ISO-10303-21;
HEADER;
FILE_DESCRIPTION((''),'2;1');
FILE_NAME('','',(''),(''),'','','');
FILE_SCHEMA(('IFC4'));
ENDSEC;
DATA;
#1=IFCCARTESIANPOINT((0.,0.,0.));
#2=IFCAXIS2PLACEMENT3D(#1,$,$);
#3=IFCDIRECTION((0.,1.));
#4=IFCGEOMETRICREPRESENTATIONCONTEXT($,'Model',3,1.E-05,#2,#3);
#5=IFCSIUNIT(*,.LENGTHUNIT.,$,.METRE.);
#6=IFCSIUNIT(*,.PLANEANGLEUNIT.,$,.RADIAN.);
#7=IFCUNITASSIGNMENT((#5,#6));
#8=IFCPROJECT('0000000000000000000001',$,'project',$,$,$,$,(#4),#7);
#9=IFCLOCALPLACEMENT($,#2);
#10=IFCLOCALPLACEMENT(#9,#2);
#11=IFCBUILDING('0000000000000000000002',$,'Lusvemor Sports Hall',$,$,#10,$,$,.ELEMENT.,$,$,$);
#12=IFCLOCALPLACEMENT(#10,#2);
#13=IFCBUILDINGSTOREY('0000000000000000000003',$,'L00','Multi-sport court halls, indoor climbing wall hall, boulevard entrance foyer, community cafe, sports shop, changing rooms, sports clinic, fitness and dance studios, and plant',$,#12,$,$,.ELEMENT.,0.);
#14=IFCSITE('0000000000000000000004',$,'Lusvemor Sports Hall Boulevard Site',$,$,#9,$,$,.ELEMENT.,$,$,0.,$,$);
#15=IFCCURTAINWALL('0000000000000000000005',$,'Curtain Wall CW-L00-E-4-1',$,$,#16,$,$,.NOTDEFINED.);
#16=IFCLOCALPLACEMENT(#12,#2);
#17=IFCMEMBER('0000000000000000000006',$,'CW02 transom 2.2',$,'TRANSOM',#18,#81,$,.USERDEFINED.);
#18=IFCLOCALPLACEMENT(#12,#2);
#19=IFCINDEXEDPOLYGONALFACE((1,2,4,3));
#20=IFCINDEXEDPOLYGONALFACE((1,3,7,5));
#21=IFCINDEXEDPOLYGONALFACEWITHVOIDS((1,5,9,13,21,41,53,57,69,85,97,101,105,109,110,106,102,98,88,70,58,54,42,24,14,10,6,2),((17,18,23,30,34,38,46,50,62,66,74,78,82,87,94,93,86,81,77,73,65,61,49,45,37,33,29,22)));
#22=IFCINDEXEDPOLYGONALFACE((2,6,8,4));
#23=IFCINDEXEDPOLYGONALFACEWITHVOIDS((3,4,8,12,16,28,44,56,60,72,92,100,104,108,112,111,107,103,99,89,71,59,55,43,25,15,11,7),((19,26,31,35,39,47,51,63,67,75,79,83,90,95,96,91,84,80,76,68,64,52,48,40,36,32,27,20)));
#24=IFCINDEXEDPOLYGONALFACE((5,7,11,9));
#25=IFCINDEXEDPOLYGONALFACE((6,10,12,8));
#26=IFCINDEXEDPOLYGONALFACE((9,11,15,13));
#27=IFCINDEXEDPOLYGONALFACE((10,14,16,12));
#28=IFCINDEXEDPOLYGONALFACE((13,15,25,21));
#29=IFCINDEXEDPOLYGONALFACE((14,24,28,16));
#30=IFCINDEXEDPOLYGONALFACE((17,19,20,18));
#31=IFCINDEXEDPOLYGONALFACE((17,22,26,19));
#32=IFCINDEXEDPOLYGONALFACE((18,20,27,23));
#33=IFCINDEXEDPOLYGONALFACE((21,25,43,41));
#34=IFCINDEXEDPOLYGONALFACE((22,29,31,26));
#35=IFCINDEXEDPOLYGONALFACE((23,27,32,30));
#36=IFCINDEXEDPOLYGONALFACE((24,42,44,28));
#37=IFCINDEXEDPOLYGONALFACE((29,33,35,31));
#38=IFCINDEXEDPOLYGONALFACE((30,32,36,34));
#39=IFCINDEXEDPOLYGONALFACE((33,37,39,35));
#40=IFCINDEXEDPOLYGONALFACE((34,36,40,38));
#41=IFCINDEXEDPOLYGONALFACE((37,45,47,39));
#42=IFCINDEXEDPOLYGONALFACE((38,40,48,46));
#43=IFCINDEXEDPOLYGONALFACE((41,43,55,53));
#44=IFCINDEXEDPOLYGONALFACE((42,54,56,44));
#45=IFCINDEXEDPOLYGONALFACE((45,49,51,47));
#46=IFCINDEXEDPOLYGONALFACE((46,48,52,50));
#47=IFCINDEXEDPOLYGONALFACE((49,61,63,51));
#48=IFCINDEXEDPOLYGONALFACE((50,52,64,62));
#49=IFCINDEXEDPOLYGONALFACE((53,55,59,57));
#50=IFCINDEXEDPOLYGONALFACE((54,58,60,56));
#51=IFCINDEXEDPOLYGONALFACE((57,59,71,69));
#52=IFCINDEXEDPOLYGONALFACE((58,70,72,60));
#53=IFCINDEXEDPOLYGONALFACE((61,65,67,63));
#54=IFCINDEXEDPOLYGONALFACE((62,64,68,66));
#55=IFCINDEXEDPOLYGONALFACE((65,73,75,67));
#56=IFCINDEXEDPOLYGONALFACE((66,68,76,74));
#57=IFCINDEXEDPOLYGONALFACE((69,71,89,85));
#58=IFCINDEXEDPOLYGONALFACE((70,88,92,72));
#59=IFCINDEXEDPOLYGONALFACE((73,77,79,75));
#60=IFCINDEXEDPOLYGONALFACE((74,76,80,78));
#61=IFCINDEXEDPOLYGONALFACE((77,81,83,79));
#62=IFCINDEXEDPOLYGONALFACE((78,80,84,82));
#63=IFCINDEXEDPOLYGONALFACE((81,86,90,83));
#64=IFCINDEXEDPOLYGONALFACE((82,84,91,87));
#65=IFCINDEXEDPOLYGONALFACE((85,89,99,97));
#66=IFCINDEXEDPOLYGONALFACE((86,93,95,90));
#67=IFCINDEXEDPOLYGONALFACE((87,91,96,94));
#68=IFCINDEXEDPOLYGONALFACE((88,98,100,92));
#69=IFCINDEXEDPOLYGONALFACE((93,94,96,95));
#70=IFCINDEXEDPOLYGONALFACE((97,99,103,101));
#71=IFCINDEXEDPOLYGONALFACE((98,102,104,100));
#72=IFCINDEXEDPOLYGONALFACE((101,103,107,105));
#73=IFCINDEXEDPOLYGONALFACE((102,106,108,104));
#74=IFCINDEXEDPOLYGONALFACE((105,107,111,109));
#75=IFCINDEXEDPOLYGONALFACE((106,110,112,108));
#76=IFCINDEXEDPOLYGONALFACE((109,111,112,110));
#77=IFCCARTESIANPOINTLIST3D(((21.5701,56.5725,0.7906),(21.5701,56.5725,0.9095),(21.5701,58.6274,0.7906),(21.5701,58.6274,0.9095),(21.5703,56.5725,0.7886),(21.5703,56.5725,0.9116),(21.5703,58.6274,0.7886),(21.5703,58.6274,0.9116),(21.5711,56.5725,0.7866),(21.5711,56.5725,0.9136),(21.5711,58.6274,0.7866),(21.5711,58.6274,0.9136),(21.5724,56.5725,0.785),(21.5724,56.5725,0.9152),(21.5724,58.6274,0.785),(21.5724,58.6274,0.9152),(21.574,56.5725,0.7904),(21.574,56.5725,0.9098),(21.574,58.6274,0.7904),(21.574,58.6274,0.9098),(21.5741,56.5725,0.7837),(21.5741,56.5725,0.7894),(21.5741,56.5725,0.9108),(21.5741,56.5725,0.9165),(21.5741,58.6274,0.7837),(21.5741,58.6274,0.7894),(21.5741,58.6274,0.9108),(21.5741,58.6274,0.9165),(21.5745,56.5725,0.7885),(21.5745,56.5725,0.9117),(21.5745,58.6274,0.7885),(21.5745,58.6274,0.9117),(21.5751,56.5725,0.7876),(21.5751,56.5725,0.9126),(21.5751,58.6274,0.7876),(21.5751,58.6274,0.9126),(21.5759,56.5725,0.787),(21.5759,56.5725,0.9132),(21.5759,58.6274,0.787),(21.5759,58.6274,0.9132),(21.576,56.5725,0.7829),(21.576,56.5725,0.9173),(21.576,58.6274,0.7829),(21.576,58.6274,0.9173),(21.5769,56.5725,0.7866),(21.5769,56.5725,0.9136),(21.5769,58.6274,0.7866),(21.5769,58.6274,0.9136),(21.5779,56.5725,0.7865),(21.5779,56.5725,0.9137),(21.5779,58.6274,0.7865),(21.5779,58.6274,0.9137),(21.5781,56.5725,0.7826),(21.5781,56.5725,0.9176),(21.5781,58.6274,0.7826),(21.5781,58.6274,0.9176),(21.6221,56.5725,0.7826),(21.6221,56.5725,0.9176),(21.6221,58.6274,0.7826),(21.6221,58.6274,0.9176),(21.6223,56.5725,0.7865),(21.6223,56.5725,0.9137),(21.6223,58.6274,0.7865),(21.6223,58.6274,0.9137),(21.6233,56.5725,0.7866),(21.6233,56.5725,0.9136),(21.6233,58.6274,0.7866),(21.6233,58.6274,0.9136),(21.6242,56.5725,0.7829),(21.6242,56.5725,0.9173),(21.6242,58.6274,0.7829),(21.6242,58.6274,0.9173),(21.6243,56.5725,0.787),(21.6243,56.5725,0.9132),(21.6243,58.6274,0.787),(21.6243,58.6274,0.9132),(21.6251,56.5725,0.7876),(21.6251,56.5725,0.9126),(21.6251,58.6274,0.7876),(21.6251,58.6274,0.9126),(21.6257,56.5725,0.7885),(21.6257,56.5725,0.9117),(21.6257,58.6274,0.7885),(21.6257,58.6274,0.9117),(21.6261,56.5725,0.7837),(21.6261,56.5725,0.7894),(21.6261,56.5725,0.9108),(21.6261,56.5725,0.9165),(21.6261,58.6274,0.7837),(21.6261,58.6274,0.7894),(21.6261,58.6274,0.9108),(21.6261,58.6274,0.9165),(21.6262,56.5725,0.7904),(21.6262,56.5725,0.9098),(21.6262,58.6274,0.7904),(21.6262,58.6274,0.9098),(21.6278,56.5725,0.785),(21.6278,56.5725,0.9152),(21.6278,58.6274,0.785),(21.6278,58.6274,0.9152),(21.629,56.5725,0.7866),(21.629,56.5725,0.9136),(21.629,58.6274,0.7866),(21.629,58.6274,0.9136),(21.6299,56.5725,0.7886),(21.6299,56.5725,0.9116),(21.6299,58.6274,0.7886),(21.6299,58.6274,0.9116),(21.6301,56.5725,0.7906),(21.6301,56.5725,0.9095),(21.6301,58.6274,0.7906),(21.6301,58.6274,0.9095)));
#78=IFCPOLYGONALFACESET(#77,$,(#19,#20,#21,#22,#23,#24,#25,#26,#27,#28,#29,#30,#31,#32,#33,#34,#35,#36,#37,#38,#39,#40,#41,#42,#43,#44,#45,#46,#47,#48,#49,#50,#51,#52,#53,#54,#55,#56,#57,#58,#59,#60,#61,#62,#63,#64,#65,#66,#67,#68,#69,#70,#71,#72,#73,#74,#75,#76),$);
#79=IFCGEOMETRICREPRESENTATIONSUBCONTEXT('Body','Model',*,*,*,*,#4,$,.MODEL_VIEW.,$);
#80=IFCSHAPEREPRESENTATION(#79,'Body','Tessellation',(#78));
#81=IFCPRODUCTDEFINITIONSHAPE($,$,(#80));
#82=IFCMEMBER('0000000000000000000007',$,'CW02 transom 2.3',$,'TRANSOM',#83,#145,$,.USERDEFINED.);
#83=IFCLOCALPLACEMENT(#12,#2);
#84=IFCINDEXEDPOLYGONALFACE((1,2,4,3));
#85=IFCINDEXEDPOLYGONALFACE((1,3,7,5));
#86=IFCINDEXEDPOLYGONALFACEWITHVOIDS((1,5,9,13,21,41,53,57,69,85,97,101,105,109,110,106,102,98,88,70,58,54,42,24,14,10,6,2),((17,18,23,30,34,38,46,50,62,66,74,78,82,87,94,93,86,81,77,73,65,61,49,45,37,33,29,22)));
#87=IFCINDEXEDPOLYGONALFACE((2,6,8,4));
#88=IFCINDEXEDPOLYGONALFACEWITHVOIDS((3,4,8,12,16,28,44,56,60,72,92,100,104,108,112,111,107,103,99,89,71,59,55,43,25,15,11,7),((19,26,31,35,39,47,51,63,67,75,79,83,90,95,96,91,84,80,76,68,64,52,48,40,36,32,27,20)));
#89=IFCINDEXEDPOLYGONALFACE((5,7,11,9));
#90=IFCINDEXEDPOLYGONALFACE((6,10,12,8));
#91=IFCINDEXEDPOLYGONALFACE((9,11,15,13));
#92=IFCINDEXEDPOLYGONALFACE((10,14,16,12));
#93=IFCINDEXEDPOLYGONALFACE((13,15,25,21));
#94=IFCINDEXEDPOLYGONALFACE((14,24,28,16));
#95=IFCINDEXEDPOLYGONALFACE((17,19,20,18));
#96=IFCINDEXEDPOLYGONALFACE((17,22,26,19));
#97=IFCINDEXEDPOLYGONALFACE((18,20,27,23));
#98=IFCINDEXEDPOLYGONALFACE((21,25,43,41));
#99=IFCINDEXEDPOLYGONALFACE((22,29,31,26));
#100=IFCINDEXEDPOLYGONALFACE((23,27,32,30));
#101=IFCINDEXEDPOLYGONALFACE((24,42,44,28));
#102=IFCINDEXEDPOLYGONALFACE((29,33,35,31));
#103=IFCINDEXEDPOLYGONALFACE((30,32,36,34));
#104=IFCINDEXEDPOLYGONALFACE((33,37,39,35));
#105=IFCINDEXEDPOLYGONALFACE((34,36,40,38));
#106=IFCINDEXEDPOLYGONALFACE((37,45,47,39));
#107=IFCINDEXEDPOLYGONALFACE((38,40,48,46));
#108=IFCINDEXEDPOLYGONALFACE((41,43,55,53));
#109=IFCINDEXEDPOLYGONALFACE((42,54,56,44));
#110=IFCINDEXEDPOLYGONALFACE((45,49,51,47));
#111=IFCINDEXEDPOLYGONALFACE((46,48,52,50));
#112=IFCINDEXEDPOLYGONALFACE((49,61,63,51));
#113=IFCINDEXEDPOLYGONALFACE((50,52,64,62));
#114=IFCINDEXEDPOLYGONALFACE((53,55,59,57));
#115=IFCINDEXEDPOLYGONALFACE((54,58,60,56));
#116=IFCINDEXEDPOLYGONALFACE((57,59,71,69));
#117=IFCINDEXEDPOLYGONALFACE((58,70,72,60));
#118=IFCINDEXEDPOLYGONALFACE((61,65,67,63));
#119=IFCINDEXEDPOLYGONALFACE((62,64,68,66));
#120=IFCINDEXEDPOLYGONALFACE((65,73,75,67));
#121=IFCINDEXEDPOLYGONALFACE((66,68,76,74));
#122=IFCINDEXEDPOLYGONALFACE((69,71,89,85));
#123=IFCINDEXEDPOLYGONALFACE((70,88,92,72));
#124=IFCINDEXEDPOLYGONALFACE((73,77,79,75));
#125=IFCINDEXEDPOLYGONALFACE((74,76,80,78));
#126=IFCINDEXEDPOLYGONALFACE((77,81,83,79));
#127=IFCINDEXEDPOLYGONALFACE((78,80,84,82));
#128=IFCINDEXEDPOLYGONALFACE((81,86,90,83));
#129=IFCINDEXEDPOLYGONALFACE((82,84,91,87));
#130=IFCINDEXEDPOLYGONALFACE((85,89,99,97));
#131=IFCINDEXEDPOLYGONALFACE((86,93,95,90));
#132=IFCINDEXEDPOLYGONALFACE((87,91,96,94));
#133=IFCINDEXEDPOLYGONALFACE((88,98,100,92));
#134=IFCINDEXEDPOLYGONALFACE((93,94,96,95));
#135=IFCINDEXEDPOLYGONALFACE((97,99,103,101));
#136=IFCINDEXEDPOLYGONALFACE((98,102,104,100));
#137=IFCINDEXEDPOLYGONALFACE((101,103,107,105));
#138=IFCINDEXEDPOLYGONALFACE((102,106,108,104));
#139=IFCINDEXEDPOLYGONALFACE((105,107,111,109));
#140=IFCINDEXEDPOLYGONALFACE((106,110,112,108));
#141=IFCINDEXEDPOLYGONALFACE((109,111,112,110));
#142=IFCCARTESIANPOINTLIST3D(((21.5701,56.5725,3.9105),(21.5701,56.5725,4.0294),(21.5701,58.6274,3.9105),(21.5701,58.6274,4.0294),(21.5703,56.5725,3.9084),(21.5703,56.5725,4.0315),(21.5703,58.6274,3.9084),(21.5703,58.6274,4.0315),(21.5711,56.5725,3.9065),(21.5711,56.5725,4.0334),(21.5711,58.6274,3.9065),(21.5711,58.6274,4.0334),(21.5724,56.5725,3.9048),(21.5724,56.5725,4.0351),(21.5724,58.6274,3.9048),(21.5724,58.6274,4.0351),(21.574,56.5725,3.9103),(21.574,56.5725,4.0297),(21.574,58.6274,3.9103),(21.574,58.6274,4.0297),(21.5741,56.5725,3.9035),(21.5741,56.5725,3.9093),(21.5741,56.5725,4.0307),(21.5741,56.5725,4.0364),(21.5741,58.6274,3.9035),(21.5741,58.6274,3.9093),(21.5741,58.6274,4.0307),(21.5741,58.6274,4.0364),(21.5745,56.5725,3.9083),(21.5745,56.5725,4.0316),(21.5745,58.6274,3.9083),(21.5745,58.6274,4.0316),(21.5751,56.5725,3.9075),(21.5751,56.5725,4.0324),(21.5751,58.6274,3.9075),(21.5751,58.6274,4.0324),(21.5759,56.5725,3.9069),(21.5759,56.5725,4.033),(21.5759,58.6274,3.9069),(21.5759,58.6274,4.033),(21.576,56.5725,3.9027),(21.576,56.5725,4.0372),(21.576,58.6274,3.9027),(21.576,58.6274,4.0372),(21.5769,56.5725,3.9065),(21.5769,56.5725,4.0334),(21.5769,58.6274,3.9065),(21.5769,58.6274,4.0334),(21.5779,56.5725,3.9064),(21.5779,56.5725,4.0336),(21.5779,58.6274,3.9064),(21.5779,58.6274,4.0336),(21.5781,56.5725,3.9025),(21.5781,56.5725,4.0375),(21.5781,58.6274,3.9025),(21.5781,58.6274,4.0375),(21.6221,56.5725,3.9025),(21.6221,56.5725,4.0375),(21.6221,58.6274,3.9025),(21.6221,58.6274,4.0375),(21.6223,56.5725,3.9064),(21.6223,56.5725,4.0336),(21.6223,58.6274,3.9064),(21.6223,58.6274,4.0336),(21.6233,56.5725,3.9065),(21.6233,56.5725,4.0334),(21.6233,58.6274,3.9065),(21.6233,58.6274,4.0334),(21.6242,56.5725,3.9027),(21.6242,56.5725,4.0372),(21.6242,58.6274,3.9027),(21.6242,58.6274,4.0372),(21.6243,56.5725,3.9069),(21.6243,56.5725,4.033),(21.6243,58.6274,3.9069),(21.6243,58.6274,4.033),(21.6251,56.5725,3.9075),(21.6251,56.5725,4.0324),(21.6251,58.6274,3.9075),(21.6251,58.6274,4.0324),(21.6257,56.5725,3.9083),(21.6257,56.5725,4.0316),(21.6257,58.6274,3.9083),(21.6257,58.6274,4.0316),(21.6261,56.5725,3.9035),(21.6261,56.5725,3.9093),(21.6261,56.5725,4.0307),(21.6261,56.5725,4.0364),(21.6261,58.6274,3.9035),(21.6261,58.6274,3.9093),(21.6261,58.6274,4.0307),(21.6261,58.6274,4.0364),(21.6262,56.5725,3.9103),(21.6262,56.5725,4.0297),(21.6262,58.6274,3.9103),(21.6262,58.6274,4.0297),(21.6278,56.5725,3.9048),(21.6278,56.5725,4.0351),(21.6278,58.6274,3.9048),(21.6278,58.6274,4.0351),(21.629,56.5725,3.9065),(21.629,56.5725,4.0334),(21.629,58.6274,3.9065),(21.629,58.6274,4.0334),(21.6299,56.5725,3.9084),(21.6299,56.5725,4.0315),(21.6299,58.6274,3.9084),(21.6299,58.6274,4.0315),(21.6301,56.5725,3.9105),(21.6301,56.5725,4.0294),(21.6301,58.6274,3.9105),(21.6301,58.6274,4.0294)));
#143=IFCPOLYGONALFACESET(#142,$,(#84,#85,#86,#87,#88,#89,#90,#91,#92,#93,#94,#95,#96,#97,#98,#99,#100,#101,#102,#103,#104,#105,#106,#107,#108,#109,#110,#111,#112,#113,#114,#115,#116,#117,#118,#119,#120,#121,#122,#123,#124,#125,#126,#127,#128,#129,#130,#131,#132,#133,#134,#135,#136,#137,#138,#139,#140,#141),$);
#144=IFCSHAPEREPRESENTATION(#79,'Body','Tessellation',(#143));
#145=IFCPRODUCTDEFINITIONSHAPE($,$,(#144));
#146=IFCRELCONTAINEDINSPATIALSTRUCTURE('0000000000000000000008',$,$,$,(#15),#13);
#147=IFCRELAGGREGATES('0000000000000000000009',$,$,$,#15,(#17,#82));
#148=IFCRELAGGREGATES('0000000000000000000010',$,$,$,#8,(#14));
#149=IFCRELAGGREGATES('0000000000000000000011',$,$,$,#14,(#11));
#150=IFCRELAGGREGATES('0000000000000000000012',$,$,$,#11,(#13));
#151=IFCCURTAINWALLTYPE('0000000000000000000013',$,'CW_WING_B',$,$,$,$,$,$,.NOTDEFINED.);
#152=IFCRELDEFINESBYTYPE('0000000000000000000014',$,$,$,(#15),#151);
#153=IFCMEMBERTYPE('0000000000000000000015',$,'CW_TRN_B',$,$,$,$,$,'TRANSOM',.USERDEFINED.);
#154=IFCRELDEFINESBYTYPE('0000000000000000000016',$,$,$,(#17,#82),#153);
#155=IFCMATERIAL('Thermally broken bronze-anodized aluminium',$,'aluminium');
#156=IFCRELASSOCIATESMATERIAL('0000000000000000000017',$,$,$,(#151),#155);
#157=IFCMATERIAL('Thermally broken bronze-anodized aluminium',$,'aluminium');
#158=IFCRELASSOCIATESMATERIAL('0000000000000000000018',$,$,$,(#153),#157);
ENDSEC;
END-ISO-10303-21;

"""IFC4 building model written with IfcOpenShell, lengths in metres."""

from ifc_helpers import new_model, si_unit, direction, frame, origin, origin_2d, place, context, subcontext, project, spatial, hollow_rectangle, extrude, material, material_profile, profile_set, type_object, element, aggregate, save


model = new_model("IFC4")

# Units and contexts
model_context = context("Model", 3, precision=1e-05, world=origin(), true_north=direction((0.0, 1.0)))
body_context = subcontext(model_context, "Body", "Model", "MODEL_VIEW")
ifc_project = project(units=[si_unit("LENGTHUNIT", "METRE"), si_unit("PLANEANGLEUNIT", "RADIAN")], contexts=[model_context])

# Site, building, storey
site_placement = place(None, origin())
site = spatial("IfcSite", under=ifc_project, at=site_placement, Name="Lusvemor Sports Hall Boulevard Site", CompositionType="ELEMENT", RefElevation=0.0)
building_placement = place(site_placement, origin())
building = spatial("IfcBuilding", under=site, at=building_placement, Name="Lusvemor Sports Hall", CompositionType="ELEMENT")
storey_placement = place(building_placement, origin())
storey = spatial("IfcBuildingStorey", under=building, at=storey_placement, Name="L00", Description="Multi-sport court halls, indoor climbing wall hall, boulevard entrance foyer, community cafe, sports shop, changing rooms, sports clinic, fitness and dance studios, and plant", CompositionType="ELEMENT", Elevation=0.0)

# Curtain wall, members
ifc_material_1 = material(Name="Thermally broken bronze-anodized aluminium", Category="aluminium")
curtain_wall_type = type_object("IfcCurtainWallType", Name="CW_WING_B", PredefinedType="NOTDEFINED", material=ifc_material_1)
curtain_wall_placement = place(storey_placement, origin())
curtain_wall = element("IfcCurtainWall", 1, at=curtain_wall_placement, inside=storey, type_object=curtain_wall_type, Name="Curtain Wall CW-L00-E-4-1", PredefinedType="NOTDEFINED")
ifc_material_2 = material(Name="Thermally broken bronze-anodized aluminium", Category="aluminium")
ifc_material_profile_1 = material_profile(ifc_material_2, hollow_rectangle(XDim=0.0601, YDim=0.135, WallThickness=0.0039, InnerFilletRadius=0.0039, OuterFilletRadius=0.0081, at=origin_2d()), Name="CWTRN135x60x4")
ifc_profile_set_1 = profile_set([ifc_material_profile_1], Name="Thermally broken bronze-anodized aluminium")
member_type_1 = type_object("IfcMemberType", Name="CW_TRN_B", ElementType="TRANSOM", PredefinedType="USERDEFINED", material=ifc_profile_set_1)
member_1_placement = place(storey_placement, frame((21.6001, 58.6274, 0.8501), z_axis=(0.0, -1.0, 0.0), x_axis=(1.0, 0.0, 0.0)))
member_1 = element("IfcMember", 2, at=member_1_placement, type_object=member_type_1, Name="CW02 transom 2.2", ObjectType="TRANSOM", PredefinedType="USERDEFINED", context=body_context, shape_type="SweptSolid", body=[
    extrude(hollow_rectangle(XDim=0.0601, YDim=0.135, WallThickness=0.0039, InnerFilletRadius=0.0039, OuterFilletRadius=0.0081, at=origin_2d()), origin(), (0.0, 0.0, 1.0), 2.0549),
])
member_2_placement = place(storey_placement, frame((21.6001, 58.6274, 3.97), z_axis=(0.0, -1.0, 0.0), x_axis=(1.0, 0.0, 0.0)))
member_2 = element("IfcMember", 3, at=member_2_placement, type_object=member_type_1, Name="CW02 transom 2.3", ObjectType="TRANSOM", PredefinedType="USERDEFINED", context=body_context, shape_type="SweptSolid", body=[
    extrude(hollow_rectangle(XDim=0.0601, YDim=0.135, WallThickness=0.0039, InnerFilletRadius=0.0039, OuterFilletRadius=0.0081, at=origin_2d()), origin(), (0.0, 0.0, 1.0), 2.0549),
])
aggregate(curtain_wall, [member_1, member_2])

save(model, "model.ifc")
